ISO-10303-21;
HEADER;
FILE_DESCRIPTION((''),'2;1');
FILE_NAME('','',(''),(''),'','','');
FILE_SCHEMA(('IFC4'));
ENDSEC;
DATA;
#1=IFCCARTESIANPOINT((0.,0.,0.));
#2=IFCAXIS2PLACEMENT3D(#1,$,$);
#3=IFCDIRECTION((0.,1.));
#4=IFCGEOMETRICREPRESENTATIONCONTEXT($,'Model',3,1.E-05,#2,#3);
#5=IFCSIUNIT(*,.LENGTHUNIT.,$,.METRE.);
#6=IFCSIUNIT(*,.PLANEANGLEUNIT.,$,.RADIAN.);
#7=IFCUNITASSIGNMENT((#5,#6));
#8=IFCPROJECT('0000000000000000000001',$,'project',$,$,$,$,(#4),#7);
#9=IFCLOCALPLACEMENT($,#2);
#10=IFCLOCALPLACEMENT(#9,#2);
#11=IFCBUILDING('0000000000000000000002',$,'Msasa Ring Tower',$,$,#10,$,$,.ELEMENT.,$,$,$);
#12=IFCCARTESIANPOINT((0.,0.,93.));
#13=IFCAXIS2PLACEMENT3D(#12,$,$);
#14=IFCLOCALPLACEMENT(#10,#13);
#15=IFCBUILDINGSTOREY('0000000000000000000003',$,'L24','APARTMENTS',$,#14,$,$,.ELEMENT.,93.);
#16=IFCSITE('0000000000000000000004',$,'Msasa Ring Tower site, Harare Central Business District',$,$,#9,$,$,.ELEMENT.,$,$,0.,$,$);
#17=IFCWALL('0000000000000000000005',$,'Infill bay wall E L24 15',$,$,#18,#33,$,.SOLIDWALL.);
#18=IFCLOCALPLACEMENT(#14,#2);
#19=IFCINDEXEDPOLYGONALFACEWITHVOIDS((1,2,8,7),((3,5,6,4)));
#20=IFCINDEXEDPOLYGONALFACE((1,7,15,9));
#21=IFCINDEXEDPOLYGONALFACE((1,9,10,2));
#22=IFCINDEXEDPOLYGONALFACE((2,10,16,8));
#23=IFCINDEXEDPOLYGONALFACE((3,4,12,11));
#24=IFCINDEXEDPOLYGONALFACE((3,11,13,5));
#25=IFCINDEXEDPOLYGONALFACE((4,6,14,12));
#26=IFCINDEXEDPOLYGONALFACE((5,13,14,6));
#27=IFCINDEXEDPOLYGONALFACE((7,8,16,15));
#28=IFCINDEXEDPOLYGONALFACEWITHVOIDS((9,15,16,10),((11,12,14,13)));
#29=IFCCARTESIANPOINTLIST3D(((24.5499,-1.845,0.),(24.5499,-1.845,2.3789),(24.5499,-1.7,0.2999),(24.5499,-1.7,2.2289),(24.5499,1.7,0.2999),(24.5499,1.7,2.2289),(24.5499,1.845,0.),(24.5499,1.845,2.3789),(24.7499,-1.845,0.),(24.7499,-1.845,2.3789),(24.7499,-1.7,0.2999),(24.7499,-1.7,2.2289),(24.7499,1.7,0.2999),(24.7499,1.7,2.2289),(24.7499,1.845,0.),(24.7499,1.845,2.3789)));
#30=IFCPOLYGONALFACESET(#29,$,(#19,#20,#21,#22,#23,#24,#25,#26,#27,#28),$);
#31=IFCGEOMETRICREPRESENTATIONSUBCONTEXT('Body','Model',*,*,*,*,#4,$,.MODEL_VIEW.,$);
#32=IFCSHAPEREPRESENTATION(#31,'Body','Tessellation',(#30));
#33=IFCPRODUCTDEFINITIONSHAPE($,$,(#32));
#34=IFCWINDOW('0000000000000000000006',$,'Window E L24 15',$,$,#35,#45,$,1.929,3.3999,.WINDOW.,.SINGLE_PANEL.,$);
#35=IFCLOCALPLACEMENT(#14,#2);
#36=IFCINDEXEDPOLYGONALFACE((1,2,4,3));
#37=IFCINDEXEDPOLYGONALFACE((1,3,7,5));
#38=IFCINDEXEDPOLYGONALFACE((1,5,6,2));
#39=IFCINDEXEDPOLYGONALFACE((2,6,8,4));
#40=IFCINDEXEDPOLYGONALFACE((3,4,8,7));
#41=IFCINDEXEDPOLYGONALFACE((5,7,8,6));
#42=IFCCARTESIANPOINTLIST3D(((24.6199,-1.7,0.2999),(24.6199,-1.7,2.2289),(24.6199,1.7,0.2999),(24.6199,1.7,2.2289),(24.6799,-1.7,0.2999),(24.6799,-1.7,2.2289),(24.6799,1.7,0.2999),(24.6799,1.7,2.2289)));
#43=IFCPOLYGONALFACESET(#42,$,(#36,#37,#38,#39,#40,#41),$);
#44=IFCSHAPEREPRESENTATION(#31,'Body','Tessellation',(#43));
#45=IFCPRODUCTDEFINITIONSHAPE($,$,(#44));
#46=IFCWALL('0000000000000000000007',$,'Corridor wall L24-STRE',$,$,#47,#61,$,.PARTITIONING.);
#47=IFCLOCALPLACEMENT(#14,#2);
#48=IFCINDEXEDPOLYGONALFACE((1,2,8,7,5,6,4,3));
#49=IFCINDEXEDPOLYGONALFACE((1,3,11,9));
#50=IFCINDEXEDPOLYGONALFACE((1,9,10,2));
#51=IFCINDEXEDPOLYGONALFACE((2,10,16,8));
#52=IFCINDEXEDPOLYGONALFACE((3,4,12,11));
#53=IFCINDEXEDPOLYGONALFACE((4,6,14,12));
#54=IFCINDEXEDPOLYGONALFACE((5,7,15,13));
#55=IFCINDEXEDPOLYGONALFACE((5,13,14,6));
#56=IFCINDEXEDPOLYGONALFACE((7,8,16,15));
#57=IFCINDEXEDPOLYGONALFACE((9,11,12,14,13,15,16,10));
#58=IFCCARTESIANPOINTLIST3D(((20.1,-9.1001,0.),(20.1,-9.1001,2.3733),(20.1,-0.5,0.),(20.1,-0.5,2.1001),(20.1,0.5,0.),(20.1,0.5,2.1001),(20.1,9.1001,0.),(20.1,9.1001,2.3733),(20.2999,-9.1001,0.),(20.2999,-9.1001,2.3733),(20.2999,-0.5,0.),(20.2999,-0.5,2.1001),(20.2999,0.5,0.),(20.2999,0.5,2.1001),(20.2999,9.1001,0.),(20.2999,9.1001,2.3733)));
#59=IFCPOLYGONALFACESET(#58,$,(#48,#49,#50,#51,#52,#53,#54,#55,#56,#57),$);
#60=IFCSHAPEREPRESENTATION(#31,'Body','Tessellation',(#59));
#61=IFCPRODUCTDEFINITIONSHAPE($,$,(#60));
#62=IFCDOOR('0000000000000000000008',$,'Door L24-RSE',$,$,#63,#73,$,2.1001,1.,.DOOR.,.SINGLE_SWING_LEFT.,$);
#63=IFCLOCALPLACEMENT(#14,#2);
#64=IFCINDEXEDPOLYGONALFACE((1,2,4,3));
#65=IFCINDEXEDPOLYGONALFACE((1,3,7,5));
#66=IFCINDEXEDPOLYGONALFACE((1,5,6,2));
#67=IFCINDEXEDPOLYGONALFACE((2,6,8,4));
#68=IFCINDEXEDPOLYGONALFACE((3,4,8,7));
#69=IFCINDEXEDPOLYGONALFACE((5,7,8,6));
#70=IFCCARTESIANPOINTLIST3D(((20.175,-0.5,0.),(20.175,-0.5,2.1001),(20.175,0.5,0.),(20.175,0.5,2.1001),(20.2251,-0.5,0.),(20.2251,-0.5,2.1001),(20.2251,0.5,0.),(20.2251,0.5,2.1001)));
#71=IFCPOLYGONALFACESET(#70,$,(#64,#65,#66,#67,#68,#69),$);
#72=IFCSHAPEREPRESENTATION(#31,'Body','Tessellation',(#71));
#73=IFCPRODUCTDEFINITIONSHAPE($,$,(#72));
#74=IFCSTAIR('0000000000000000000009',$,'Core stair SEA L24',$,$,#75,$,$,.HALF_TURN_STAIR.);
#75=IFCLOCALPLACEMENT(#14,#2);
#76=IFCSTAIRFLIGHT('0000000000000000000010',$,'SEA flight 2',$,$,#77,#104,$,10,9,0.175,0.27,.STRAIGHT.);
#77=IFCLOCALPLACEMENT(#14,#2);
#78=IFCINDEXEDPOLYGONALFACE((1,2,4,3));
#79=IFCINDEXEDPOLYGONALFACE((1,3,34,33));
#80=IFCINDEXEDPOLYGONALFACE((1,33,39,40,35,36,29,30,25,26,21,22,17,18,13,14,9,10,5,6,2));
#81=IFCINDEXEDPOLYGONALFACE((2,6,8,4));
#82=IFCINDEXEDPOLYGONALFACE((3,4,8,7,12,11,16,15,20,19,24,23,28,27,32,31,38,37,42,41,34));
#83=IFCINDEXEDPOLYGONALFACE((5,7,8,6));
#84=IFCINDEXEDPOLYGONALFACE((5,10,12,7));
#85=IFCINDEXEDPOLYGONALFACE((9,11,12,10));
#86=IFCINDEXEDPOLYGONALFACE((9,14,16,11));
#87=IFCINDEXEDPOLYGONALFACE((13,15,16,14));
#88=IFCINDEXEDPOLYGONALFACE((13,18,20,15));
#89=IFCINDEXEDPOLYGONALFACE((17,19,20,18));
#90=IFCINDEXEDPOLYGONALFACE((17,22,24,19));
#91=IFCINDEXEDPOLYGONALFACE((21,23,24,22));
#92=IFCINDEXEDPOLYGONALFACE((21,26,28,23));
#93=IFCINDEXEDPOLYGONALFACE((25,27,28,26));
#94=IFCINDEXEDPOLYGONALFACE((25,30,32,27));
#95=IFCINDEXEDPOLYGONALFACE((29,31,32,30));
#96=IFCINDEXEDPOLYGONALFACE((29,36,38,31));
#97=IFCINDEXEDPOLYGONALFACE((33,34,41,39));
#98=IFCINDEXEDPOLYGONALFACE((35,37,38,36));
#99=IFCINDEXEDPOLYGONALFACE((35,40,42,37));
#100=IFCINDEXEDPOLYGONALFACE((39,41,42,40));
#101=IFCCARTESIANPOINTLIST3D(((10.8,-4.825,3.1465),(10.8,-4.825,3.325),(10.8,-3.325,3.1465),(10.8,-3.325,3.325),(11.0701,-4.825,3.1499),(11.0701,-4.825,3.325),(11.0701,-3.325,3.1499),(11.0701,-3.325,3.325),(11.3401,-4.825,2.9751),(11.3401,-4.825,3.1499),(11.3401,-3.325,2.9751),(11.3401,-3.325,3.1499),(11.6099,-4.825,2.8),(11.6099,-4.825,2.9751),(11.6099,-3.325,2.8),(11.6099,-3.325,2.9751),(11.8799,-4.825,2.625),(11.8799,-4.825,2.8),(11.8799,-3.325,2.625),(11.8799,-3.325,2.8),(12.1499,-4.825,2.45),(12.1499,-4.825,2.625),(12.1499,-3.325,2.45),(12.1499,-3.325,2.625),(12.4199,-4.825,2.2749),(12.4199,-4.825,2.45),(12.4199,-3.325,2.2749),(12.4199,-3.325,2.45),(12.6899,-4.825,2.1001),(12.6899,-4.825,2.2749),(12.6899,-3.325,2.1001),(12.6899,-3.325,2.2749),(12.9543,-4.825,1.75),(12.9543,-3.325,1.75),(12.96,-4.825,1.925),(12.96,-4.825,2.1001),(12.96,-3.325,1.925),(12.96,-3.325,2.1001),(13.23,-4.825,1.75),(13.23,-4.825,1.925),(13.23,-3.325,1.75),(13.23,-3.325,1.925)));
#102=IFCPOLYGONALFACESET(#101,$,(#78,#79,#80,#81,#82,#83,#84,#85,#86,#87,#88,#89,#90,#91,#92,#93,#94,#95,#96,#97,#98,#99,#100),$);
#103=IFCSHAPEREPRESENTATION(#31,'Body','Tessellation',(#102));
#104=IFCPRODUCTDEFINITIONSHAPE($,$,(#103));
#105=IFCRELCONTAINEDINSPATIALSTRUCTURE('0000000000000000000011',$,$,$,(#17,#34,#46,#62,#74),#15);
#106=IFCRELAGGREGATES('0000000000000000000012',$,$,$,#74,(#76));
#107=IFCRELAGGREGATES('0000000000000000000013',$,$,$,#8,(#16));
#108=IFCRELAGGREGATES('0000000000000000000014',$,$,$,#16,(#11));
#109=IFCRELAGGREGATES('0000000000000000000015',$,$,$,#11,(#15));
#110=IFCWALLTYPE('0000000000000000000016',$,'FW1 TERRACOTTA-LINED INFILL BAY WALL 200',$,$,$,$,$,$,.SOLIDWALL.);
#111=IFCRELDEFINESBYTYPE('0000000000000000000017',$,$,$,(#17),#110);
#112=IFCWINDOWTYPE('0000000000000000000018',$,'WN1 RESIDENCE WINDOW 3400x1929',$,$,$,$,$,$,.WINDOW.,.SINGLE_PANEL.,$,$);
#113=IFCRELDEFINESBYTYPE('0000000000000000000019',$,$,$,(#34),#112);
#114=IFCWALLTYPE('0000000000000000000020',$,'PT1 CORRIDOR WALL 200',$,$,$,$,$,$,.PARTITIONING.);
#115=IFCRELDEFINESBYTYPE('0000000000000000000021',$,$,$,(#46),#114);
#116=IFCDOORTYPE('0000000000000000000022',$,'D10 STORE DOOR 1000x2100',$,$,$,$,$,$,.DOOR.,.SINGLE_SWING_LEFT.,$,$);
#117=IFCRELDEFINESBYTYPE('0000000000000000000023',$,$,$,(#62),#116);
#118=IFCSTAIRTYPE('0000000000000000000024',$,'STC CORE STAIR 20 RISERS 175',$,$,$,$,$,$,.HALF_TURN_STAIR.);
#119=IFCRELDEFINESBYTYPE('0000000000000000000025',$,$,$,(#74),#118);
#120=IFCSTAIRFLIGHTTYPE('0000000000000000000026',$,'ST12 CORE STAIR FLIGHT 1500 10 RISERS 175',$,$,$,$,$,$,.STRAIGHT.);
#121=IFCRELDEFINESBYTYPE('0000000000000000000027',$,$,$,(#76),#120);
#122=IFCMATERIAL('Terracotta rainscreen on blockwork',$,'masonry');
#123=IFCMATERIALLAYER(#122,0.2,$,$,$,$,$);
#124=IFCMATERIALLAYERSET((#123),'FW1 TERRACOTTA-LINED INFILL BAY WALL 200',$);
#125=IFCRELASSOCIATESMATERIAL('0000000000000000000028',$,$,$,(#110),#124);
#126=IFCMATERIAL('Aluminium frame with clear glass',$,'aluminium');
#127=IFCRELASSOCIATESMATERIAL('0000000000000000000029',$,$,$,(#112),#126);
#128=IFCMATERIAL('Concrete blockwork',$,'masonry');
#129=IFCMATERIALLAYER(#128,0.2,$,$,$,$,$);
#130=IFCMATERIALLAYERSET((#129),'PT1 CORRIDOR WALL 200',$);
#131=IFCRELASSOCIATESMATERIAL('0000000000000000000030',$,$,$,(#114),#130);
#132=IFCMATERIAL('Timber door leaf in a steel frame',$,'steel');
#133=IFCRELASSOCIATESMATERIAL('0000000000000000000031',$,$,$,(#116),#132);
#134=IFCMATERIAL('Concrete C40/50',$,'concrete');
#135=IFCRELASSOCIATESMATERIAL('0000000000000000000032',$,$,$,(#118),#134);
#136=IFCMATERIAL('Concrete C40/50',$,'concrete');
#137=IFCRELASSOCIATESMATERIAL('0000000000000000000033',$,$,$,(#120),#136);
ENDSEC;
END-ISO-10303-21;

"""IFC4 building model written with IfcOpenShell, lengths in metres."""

from ifc_helpers import new_model, si_unit, direction, frame, frame_2d, origin, place, context, subcontext, project, spatial, polyline, rectangle, outline, extrude, material, layer, layer_set, type_object, element, fill, aggregate, save


model = new_model("IFC4")

# Units and contexts
model_context = context("Model", 3, precision=1e-05, world=origin(), true_north=direction((0.0, 1.0)))
body_context = subcontext(model_context, "Body", "Model", "MODEL_VIEW")
ifc_project = project(units=[si_unit("LENGTHUNIT", "METRE"), si_unit("PLANEANGLEUNIT", "RADIAN")], contexts=[model_context])

# Site, building, storey
site_placement = place(None, origin())
site = spatial("IfcSite", under=ifc_project, at=site_placement, Name="Msasa Ring Tower site, Harare Central Business District", CompositionType="ELEMENT", RefElevation=0.0)
building_placement = place(site_placement, origin())
building = spatial("IfcBuilding", under=site, at=building_placement, Name="Msasa Ring Tower", CompositionType="ELEMENT")
storey_placement = place(building_placement, frame((0.0, 0.0, 93.0)))
storey = spatial("IfcBuildingStorey", under=building, at=storey_placement, Name="L24", Description="APARTMENTS", CompositionType="ELEMENT", Elevation=93.0)

# Wall, opening, window
ifc_material_1 = material(Name="Terracotta rainscreen on blockwork", Category="masonry")
ifc_layer_1 = layer(ifc_material_1, 0.2)
ifc_layer_set_1 = layer_set([ifc_layer_1], Name="FW1 TERRACOTTA-LINED INFILL BAY WALL 200")
wall_type_1 = type_object("IfcWallType", Name="FW1 TERRACOTTA-LINED INFILL BAY WALL 200", PredefinedType="SOLIDWALL", material=ifc_layer_set_1)
ifc_material_2 = material(Name="Aluminium frame with clear glass", Category="aluminium")
window_type = type_object("IfcWindowType", Name="WN1 RESIDENCE WINDOW 3400x1929", PartitioningType="SINGLE_PANEL", PredefinedType="WINDOW", material=ifc_material_2)
wall_1_placement = place(storey_placement, frame((24.6499, -1.845, 0.0), z_axis=(0.0, 0.0, 1.0), x_axis=(0.0, 1.0, 0.0)))
wall_1 = element("IfcWall", 1, at=wall_1_placement, inside=storey, type_object=wall_type_1, Name="Infill bay wall E L24 15", PredefinedType="SOLIDWALL", context=body_context, shape_type="SweptSolid", body=[
    extrude(rectangle(XDim=3.6899, YDim=0.2, at=frame_2d((1.845, 0.0))), origin(), (0.0, 0.0, 1.0), 2.3789),
])
opening_1_placement = place(wall_1_placement, frame((0.145, 0.0, 0.3)))
opening_1 = element("IfcOpeningElement", 2, at=opening_1_placement, cuts=wall_1, PredefinedType="OPENING", context=body_context, shape_type="SweptSolid", body=[
    extrude(rectangle(XDim=3.3999, YDim=1.929, at=frame_2d((1.7, 0.9644))), frame((0.0, 0.1099, 0.0), z_axis=(0.0, -1.0, 0.0), x_axis=(1.0, 0.0, 0.0)), (0.0, 0.0, 1.0), 0.22),
])
window_1_placement = place(opening_1_placement, origin())
window_1 = element("IfcWindow", 3, at=window_1_placement, inside=storey, type_object=window_type, Name="Window E L24 15", OverallHeight=1.929, OverallWidth=3.3999, PartitioningType="SINGLE_PANEL", PredefinedType="WINDOW", context=body_context, shape_type="SweptSolid", body=[
    extrude(rectangle(XDim=3.3999, YDim=1.929, at=frame_2d((1.7, 0.9644))), frame((0.0, 0.03, 0.0), z_axis=(0.0, -1.0, 0.0), x_axis=(1.0, 0.0, 0.0)), (0.0, 0.0, 1.0), 0.0601),
])
fill(opening_1, window_1)

# Wall, opening, door
ifc_material_3 = material(Name="Concrete blockwork", Category="masonry")
ifc_layer_2 = layer(ifc_material_3, 0.2)
ifc_layer_set_2 = layer_set([ifc_layer_2], Name="PT1 CORRIDOR WALL 200")
wall_type_2 = type_object("IfcWallType", Name="PT1 CORRIDOR WALL 200", PredefinedType="PARTITIONING", material=ifc_layer_set_2)
wall_2_placement = place(storey_placement, frame((20.2, -9.1001, 0.0), z_axis=(0.0, 0.0, 1.0), x_axis=(0.0, 1.0, 0.0)))
wall_2 = element("IfcWall", 4, at=wall_2_placement, inside=storey, type_object=wall_type_2, Name="Corridor wall L24-STRE", PredefinedType="PARTITIONING", context=body_context, shape_type="SweptSolid", body=[
    extrude(rectangle(XDim=18.2002, YDim=0.2, at=frame_2d((9.1001, 0.0))), origin(), (0.0, 0.0, 1.0), 2.3733),
])
opening_2_placement = place(wall_2_placement, frame((8.6001, 0.0, 0.0)))
opening_2 = element("IfcOpeningElement", 5, at=opening_2_placement, cuts=wall_2, PredefinedType="OPENING", context=body_context, shape_type="SweptSolid", body=[
    extrude(rectangle(XDim=1.0, YDim=2.1001, at=frame_2d((0.5, 1.05))), frame((0.0, 0.1099, 0.0), z_axis=(0.0, -1.0, 0.0), x_axis=(1.0, 0.0, 0.0)), (0.0, 0.0, 1.0), 0.22),
])
ifc_material_4 = material(Name="Timber door leaf in a steel frame", Category="steel")
door_type = type_object("IfcDoorType", Name="D10 STORE DOOR 1000x2100", OperationType="SINGLE_SWING_LEFT", PredefinedType="DOOR", material=ifc_material_4)
door_placement = place(opening_2_placement, origin())
door = element("IfcDoor", 6, at=door_placement, inside=storey, type_object=door_type, Name="Door L24-RSE", OperationType="SINGLE_SWING_LEFT", OverallHeight=2.1001, OverallWidth=1.0, PredefinedType="DOOR", context=body_context, shape_type="SweptSolid", body=[
    extrude(rectangle(XDim=1.0, YDim=2.1001, at=frame_2d((0.5, 1.05))), frame((0.0, 0.0249, 0.0), z_axis=(0.0, -1.0, 0.0), x_axis=(1.0, 0.0, 0.0)), (0.0, 0.0, 1.0), 0.05),
])
fill(opening_2, door)

# Stair, stair flight
ifc_material_5 = material(Name="Concrete C40/50", Category="concrete")
stair_type = type_object("IfcStairType", Name="STC CORE STAIR 20 RISERS 175", PredefinedType="HALF_TURN_STAIR", material=ifc_material_5)
stair_placement = place(storey_placement, origin())
stair = element("IfcStair", 7, at=stair_placement, inside=storey, type_object=stair_type, Name="Core stair SEA L24", PredefinedType="HALF_TURN_STAIR")
ifc_material_6 = material(Name="Concrete C40/50", Category="concrete")
stair_flight_type = type_object("IfcStairFlightType", Name="ST12 CORE STAIR FLIGHT 1500 10 RISERS 175", PredefinedType="STRAIGHT", material=ifc_material_6)
stair_flight_placement = place(storey_placement, frame((13.23, -4.075, 1.75), z_axis=(0.0, 0.0, 1.0), x_axis=(-1.0, 0.0, 0.0)))
stair_flight = element("IfcStairFlight", 8, at=stair_flight_placement, type_object=stair_flight_type, Name="SEA flight 2", NumberOfRisers=10, NumberOfTreads=9, PredefinedType="STRAIGHT", RiserHeight=0.175, TreadLength=0.27, context=body_context, shape_type="SweptSolid", body=[
    extrude(outline(polyline([(0.0, 0.0), (0.0, 0.175), (0.27, 0.175), (0.27, 0.3501), (0.54, 0.3501), (0.54, 0.5249), (0.8101, 0.5249), (0.8101, 0.7), (1.0801, 0.7), (1.0801, 0.875), (1.3501, 0.875), (1.3501, 1.05), (1.6201, 1.05), (1.6201, 1.2251), (1.8899, 1.2251), (1.8899, 1.3999), (2.1599, 1.3999), (2.1599, 1.575), (2.4299, 1.575), (2.4299, 1.75), (2.4299, 1.3965), (0.2756, 0.0), (0.0, 0.0)])), frame((0.0, 0.75, 0.0), z_axis=(0.0, -1.0, 0.0), x_axis=(1.0, 0.0, 0.0)), (0.0, 0.0, 1.0), 1.5),
])
aggregate(stair, [stair_flight])

save(model, "model.ifc")
